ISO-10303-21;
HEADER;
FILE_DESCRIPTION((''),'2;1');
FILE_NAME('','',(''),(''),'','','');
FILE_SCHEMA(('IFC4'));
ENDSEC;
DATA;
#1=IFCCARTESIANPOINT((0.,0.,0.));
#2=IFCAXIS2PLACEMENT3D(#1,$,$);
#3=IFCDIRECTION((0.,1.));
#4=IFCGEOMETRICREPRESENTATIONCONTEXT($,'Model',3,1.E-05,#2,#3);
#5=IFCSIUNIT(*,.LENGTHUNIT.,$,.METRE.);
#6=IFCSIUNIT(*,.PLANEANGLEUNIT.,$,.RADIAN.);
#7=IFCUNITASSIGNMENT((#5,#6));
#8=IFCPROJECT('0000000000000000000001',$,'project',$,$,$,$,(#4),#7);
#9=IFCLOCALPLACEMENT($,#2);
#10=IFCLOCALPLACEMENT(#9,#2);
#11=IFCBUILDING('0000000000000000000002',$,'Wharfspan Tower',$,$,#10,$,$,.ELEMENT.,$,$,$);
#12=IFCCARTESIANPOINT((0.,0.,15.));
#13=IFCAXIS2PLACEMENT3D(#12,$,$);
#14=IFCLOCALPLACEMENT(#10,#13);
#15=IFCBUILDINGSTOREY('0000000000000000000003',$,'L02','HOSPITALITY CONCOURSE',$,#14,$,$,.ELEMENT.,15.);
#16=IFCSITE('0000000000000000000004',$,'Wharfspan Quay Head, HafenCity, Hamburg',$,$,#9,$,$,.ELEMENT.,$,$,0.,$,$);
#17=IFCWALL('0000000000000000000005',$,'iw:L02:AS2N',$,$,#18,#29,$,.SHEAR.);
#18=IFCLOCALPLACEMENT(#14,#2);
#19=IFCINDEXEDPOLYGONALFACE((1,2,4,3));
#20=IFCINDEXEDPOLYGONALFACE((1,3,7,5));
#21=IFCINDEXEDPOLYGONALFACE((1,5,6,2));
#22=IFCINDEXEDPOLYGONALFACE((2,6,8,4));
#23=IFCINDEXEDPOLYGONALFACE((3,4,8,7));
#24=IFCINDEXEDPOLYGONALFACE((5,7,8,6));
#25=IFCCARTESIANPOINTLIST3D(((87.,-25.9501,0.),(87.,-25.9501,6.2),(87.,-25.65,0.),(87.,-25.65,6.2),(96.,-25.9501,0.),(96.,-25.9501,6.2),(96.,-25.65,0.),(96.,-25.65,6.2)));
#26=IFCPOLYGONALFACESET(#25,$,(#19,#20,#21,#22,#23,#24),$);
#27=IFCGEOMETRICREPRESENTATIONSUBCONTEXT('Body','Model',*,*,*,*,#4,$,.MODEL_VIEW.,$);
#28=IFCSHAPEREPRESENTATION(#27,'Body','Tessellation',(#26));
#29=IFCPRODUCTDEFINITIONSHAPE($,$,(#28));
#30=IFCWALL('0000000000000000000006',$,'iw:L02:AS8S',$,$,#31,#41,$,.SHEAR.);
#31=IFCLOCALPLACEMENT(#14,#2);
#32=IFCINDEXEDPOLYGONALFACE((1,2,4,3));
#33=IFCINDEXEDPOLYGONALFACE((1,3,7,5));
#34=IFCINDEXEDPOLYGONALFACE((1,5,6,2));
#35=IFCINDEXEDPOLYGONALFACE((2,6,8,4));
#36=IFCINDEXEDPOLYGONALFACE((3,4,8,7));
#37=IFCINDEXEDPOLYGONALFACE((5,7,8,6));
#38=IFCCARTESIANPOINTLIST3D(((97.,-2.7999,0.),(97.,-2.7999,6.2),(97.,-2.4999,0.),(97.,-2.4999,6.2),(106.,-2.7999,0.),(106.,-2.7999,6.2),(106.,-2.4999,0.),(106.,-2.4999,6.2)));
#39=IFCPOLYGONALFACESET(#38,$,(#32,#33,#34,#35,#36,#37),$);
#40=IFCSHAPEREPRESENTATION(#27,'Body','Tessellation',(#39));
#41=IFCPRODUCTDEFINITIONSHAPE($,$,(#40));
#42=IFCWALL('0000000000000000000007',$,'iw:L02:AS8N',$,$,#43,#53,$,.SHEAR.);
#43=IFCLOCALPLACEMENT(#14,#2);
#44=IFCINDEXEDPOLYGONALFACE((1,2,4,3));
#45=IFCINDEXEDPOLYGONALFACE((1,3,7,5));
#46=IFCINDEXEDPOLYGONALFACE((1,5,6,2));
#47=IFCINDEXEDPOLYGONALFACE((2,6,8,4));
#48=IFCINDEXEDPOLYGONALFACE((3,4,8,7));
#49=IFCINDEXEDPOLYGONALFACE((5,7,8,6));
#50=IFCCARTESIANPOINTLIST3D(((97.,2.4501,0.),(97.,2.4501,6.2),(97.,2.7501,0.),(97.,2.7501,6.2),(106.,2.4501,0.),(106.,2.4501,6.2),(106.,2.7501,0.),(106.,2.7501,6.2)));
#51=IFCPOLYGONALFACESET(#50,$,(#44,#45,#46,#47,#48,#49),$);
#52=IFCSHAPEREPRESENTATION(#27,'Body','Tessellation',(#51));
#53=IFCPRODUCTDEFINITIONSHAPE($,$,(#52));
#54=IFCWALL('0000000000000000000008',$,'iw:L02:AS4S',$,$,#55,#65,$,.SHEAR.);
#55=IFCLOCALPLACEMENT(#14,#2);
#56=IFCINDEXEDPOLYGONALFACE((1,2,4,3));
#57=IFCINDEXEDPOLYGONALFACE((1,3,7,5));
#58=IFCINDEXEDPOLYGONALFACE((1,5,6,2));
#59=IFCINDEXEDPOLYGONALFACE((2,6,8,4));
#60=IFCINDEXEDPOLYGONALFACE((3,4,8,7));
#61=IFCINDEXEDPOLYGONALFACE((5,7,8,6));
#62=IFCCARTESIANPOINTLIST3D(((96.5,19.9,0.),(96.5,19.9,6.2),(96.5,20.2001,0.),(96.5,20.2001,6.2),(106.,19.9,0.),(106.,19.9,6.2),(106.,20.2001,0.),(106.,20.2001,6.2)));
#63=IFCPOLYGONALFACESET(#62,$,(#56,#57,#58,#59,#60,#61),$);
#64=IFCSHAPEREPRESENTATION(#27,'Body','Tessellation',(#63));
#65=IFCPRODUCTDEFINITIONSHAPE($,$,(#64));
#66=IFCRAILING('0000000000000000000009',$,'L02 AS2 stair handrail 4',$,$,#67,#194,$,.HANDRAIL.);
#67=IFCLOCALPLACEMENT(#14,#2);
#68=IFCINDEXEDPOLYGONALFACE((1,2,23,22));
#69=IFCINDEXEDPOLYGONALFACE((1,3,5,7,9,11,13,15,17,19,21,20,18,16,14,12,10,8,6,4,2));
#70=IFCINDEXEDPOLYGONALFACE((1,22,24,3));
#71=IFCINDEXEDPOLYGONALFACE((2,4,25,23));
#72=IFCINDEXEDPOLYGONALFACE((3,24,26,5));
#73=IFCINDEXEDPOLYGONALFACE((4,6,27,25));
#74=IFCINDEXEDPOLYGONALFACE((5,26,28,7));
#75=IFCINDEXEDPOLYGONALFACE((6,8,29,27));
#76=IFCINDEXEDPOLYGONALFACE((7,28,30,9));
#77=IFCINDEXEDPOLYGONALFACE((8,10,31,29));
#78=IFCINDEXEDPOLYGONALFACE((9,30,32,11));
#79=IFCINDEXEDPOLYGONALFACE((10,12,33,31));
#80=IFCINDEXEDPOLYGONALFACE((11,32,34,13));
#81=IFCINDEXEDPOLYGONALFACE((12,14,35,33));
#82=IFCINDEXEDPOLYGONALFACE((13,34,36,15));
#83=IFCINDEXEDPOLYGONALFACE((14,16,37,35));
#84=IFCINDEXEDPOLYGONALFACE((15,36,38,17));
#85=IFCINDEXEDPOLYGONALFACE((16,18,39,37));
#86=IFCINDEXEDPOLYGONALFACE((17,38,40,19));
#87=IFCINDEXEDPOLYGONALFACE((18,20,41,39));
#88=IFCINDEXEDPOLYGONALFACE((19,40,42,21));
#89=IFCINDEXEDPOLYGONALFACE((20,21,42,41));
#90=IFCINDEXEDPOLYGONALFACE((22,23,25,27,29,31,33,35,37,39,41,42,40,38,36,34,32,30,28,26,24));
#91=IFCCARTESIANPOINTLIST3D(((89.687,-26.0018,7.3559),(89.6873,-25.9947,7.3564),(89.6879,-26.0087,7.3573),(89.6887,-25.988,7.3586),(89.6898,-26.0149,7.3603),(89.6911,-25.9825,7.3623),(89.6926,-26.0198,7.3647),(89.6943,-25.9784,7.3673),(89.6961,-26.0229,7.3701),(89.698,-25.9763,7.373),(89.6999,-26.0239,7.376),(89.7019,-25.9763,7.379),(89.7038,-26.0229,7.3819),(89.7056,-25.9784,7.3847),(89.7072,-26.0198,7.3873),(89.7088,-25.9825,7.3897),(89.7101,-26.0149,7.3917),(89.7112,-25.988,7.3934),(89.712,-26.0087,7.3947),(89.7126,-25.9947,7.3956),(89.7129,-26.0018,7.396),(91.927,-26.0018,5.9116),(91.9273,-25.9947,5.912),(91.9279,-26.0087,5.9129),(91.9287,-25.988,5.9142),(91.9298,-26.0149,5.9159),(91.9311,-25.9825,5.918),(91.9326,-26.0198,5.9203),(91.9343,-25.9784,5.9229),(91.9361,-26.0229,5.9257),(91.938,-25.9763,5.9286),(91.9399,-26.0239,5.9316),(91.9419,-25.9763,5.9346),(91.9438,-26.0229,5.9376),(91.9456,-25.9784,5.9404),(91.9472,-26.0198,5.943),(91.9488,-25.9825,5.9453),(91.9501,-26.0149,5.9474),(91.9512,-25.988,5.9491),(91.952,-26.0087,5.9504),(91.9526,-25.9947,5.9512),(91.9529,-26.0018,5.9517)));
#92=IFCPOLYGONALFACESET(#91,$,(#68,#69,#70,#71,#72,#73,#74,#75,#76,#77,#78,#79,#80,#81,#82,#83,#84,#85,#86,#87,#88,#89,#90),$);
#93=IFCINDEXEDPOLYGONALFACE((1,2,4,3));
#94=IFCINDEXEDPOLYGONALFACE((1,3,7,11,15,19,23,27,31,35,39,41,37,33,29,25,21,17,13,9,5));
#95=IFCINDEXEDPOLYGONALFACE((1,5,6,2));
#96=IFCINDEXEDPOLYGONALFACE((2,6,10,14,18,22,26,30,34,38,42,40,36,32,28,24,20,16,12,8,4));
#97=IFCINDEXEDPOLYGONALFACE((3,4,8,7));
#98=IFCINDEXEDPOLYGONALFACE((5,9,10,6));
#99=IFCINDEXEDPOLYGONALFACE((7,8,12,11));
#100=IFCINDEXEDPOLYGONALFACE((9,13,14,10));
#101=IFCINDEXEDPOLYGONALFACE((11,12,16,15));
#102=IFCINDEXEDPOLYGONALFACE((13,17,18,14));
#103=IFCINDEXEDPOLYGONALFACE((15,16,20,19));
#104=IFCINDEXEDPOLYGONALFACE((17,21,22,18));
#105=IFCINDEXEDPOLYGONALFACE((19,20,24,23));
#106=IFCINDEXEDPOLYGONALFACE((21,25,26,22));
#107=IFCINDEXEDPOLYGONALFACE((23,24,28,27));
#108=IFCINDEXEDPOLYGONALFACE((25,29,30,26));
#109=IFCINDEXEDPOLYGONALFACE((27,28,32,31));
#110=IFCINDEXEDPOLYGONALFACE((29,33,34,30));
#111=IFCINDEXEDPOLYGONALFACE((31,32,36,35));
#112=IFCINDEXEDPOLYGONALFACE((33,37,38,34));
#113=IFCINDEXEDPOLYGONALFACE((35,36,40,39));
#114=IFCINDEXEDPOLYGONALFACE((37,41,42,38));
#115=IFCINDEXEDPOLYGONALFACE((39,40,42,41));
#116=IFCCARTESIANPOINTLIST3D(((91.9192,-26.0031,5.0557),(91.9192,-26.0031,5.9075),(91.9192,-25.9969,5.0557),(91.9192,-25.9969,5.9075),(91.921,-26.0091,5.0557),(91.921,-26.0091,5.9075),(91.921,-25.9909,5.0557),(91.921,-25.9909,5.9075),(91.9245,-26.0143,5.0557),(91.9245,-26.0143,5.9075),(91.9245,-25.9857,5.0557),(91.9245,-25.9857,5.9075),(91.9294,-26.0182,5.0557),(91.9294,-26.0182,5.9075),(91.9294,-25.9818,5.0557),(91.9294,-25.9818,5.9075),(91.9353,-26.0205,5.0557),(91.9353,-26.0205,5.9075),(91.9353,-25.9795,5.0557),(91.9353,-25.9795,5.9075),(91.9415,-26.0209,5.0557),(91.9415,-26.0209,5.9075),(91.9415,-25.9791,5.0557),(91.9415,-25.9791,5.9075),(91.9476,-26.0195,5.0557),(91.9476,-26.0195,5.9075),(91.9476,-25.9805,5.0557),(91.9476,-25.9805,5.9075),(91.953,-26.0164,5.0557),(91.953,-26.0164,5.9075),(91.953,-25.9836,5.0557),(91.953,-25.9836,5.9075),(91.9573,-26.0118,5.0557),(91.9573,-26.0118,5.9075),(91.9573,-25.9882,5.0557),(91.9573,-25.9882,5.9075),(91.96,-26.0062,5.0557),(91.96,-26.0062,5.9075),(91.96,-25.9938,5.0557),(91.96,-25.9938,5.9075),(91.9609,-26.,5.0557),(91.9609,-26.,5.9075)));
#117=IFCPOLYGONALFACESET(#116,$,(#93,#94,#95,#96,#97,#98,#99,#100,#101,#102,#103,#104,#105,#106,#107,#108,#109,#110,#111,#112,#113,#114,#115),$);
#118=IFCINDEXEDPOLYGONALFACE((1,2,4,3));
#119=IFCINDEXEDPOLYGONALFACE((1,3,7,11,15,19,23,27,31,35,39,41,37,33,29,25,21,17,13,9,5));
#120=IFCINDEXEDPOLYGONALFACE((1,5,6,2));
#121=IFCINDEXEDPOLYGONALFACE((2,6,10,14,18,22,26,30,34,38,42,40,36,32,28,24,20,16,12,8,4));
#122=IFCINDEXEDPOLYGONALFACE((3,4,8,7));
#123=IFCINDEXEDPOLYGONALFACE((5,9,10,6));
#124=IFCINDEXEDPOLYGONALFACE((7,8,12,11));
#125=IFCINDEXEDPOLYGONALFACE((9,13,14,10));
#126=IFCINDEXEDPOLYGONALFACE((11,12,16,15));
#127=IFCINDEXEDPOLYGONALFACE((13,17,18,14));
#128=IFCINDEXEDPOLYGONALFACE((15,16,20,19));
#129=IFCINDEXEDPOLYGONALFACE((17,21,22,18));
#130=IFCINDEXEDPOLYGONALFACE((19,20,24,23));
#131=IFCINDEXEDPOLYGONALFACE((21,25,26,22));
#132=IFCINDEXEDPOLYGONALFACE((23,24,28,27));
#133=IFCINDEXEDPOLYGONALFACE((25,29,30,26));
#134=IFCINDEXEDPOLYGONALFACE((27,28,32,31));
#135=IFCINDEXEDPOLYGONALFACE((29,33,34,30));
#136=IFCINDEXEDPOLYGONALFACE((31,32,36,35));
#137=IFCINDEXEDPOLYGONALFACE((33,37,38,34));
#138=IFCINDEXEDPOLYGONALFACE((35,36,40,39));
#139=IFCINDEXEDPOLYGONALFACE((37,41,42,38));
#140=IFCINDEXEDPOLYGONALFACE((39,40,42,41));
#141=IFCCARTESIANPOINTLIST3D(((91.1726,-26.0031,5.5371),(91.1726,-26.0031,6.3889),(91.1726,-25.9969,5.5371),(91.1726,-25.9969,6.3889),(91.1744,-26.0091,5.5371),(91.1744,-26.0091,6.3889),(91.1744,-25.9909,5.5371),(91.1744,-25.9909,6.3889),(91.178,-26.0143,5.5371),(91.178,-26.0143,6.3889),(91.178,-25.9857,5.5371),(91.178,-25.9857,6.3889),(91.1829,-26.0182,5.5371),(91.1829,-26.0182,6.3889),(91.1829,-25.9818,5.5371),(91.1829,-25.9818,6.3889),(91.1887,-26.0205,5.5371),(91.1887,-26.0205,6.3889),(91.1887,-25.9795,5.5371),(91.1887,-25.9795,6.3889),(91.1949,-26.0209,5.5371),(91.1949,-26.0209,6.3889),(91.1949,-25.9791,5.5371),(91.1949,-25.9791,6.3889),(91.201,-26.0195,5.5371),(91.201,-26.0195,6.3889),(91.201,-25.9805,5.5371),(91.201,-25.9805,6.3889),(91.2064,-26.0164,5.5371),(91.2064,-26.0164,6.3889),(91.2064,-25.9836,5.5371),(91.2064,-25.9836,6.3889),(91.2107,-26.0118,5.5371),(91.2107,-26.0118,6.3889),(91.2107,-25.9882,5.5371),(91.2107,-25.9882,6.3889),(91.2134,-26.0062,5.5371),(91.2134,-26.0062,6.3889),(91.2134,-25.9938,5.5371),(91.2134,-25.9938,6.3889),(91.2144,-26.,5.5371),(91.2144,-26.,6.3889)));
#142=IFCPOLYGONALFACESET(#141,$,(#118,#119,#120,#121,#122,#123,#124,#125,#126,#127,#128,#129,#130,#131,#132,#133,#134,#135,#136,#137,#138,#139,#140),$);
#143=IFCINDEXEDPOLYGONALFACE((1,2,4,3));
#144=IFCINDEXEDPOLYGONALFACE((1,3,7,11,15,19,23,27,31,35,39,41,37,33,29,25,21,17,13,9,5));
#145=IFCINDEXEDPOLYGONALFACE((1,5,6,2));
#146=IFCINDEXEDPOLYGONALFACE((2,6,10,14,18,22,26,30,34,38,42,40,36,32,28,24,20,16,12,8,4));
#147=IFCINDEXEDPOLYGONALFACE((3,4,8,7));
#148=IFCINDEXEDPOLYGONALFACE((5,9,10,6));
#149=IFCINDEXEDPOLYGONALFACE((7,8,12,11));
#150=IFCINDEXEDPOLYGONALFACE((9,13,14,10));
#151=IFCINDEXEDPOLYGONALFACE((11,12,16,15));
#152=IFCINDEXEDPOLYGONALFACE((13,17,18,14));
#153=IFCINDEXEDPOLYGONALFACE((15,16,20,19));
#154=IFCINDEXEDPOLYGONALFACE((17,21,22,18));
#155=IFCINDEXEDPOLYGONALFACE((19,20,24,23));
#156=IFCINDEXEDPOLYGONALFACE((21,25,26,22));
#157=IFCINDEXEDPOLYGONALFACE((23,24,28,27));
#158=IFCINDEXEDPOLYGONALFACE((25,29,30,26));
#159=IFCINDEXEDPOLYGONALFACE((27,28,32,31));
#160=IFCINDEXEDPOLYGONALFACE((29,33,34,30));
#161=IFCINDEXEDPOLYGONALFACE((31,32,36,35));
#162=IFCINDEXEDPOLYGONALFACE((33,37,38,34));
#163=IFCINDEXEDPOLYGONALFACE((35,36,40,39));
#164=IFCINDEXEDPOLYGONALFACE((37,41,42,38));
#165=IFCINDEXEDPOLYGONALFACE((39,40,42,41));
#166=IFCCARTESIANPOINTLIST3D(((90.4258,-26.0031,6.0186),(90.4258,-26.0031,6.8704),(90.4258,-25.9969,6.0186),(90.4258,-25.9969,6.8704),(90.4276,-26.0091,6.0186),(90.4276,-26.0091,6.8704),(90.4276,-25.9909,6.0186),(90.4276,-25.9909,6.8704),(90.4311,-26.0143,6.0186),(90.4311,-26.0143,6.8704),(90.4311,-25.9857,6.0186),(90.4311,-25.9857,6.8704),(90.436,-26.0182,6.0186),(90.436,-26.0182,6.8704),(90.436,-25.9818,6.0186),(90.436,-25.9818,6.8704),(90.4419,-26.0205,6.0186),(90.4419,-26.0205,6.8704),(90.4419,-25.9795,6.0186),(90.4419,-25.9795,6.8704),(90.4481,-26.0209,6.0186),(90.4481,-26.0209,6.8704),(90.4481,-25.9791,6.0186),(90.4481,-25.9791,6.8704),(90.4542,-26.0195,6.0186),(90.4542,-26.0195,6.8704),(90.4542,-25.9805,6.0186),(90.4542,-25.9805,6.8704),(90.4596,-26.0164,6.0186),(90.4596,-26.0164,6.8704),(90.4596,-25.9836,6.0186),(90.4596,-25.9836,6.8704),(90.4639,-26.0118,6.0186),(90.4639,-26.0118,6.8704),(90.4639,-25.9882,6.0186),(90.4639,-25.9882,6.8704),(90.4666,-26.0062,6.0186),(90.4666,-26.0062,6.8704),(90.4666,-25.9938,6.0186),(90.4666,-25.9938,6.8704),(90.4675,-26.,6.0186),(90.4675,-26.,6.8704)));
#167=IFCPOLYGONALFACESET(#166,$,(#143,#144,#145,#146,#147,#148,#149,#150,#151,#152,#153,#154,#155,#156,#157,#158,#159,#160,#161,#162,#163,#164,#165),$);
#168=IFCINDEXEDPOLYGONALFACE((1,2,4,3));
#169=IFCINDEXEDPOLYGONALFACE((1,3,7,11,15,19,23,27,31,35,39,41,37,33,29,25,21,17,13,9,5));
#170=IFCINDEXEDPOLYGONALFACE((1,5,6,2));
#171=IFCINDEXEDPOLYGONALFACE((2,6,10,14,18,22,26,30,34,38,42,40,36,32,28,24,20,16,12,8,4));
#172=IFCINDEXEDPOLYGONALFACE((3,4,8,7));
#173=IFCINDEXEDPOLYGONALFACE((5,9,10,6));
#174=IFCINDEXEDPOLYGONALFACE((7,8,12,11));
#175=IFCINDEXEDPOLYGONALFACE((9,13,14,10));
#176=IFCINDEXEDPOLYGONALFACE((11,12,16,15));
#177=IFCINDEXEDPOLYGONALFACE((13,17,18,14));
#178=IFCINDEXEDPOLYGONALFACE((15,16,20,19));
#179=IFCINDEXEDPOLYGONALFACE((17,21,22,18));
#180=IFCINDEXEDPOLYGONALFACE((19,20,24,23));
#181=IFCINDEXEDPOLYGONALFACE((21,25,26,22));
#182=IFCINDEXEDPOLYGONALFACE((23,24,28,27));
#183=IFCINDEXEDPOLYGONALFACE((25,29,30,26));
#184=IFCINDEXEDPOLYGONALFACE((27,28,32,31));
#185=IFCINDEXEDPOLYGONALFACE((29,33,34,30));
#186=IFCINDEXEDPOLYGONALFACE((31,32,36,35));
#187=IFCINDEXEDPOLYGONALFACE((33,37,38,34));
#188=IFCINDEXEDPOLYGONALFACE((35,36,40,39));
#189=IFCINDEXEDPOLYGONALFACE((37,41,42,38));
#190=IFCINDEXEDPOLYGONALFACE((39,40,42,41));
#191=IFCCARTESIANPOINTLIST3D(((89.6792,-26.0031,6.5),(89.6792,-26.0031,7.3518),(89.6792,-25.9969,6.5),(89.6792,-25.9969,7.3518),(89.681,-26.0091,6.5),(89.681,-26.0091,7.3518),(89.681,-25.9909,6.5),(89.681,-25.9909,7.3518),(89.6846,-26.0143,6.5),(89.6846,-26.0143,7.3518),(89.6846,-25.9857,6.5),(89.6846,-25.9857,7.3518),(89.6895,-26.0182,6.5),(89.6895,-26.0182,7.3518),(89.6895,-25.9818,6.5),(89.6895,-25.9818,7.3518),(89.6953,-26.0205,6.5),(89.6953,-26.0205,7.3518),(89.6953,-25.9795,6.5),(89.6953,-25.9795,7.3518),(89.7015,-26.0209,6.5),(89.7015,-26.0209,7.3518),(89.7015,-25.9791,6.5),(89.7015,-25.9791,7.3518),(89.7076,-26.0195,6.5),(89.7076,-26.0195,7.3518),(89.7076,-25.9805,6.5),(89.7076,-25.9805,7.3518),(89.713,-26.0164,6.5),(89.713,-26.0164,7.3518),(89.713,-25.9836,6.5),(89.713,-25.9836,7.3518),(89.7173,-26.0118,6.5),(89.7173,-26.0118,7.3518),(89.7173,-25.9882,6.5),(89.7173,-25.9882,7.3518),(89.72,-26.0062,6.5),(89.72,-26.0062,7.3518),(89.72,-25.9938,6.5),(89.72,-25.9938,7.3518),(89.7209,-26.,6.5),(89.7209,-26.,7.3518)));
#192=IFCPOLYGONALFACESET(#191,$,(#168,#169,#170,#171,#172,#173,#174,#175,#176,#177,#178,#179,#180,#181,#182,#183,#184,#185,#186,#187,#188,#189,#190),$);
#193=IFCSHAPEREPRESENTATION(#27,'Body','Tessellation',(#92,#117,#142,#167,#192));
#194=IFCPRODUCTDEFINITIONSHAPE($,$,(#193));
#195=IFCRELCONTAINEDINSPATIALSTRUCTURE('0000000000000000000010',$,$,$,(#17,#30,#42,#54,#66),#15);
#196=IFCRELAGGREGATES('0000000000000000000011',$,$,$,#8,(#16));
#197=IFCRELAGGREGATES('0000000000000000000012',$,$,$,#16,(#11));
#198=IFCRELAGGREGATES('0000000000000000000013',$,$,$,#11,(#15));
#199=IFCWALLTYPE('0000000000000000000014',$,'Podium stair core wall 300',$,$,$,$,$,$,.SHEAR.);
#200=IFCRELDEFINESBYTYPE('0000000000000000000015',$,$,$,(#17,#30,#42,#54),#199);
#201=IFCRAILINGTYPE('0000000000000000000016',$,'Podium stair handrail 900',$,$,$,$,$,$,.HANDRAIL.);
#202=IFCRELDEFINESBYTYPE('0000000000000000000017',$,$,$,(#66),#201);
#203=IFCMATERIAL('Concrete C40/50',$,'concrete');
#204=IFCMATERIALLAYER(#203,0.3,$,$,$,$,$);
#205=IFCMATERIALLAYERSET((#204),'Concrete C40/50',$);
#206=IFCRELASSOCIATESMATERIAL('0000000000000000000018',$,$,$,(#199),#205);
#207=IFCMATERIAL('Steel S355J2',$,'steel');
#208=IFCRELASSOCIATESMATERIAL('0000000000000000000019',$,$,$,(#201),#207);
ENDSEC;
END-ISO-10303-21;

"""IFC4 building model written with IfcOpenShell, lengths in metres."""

from ifc_helpers import new_model, si_unit, direction, frame, frame_2d, origin, origin_2d, place, context, subcontext, project, spatial, rectangle, circle, extrude, material, layer, layer_set, type_object, element, save


model = new_model("IFC4")

# Units and contexts
model_context = context("Model", 3, precision=1e-05, world=origin(), true_north=direction((0.0, 1.0)))
body_context = subcontext(model_context, "Body", "Model", "MODEL_VIEW")
ifc_project = project(units=[si_unit("LENGTHUNIT", "METRE"), si_unit("PLANEANGLEUNIT", "RADIAN")], contexts=[model_context])

# Site, building, storey
site_placement = place(None, origin())
site = spatial("IfcSite", under=ifc_project, at=site_placement, Name="Wharfspan Quay Head, HafenCity, Hamburg", CompositionType="ELEMENT", RefElevation=0.0)
building_placement = place(site_placement, origin())
building = spatial("IfcBuilding", under=site, at=building_placement, Name="Wharfspan Tower", CompositionType="ELEMENT")
storey_placement = place(building_placement, frame((0.0, 0.0, 15.0)))
storey = spatial("IfcBuildingStorey", under=building, at=storey_placement, Name="L02", Description="HOSPITALITY CONCOURSE", CompositionType="ELEMENT", Elevation=15.0)

# Walls
ifc_material_1 = material(Name="Concrete C40/50", Category="concrete")
ifc_layer_1 = layer(ifc_material_1, 0.3)
ifc_layer_set_1 = layer_set([ifc_layer_1], Name="Concrete C40/50")
wall_type_1 = type_object("IfcWallType", Name="Podium stair core wall 300", PredefinedType="SHEAR", material=ifc_layer_set_1)
for number, where, z_axis, x_axis, name in (
    (1, (87.0, -25.8, 0.0), (0.0, 0.0, 1.0), (1.0, 0.0, 0.0), "iw:L02:AS2N"),
    (2, (97.0, -2.6499, 0.0), (0.0, 0.0, 1.0), (1.0, 0.0, 0.0), "iw:L02:AS8S"),
    (3, (97.0, 2.6001, 0.0), (0.0, 0.0, 1.0), (1.0, 0.0, 0.0), "iw:L02:AS8N"),
):
    element("IfcWall", number, at=place(storey_placement, frame(where, z_axis=z_axis, x_axis=x_axis)), inside=storey, type_object=wall_type_1, Name=name, PredefinedType="SHEAR", context=body_context, shape_type="SweptSolid", body=[
        extrude(rectangle(XDim=9.0, YDim=0.3, at=frame_2d((4.5, 0.0))), origin(), (0.0, 0.0, 1.0), 6.2),
    ])
wall_1_placement = place(storey_placement, frame((96.5, 20.05, 0.0), z_axis=(0.0, 0.0, 1.0), x_axis=(1.0, 0.0, 0.0)))
element("IfcWall", 4, at=wall_1_placement, inside=storey, type_object=wall_type_1, Name="iw:L02:AS4S", PredefinedType="SHEAR", context=body_context, shape_type="SweptSolid", body=[
    extrude(rectangle(XDim=9.5, YDim=0.3, at=frame_2d((4.75, 0.0))), origin(), (0.0, 0.0, 1.0), 6.2),
])

# Railing
ifc_material_2 = material(Name="Steel S355J2", Category="steel")
railing_type = type_object("IfcRailingType", Name="Podium stair handrail 900", PredefinedType="HANDRAIL", material=ifc_material_2)
railing_placement = place(storey_placement, frame((91.9399, -26.0, 5.0557)))
element("IfcRailing", 5, at=railing_placement, inside=storey, type_object=railing_type, Name="L02 AS2 stair handrail 4", PredefinedType="HANDRAIL", context=body_context, shape_type="SweptSolid", body=[
    extrude(circle(Radius=0.0239, at=origin_2d()), frame((0.0, 0.0, 0.876), z_axis=(-0.840437, 0.0, 0.54191), x_axis=(0.0, -1.0, 0.0)), (0.0, 0.0, 1.0), 2.6653),
    extrude(circle(Radius=0.021, at=origin_2d()), origin(), (0.0, 0.0, 1.0), 0.8518),
    extrude(circle(Radius=0.021, at=origin_2d()), frame((-0.7466, 0.0, 0.4814)), (0.0, 0.0, 1.0), 0.8518),
    extrude(circle(Radius=0.021, at=origin_2d()), frame((-1.4934, 0.0, 0.9629)), (0.0, 0.0, 1.0), 0.8518),
    extrude(circle(Radius=0.021, at=origin_2d()), frame((-2.24, 0.0, 1.4443)), (0.0, 0.0, 1.0), 0.8518),
])

save(model, "model.ifc")
